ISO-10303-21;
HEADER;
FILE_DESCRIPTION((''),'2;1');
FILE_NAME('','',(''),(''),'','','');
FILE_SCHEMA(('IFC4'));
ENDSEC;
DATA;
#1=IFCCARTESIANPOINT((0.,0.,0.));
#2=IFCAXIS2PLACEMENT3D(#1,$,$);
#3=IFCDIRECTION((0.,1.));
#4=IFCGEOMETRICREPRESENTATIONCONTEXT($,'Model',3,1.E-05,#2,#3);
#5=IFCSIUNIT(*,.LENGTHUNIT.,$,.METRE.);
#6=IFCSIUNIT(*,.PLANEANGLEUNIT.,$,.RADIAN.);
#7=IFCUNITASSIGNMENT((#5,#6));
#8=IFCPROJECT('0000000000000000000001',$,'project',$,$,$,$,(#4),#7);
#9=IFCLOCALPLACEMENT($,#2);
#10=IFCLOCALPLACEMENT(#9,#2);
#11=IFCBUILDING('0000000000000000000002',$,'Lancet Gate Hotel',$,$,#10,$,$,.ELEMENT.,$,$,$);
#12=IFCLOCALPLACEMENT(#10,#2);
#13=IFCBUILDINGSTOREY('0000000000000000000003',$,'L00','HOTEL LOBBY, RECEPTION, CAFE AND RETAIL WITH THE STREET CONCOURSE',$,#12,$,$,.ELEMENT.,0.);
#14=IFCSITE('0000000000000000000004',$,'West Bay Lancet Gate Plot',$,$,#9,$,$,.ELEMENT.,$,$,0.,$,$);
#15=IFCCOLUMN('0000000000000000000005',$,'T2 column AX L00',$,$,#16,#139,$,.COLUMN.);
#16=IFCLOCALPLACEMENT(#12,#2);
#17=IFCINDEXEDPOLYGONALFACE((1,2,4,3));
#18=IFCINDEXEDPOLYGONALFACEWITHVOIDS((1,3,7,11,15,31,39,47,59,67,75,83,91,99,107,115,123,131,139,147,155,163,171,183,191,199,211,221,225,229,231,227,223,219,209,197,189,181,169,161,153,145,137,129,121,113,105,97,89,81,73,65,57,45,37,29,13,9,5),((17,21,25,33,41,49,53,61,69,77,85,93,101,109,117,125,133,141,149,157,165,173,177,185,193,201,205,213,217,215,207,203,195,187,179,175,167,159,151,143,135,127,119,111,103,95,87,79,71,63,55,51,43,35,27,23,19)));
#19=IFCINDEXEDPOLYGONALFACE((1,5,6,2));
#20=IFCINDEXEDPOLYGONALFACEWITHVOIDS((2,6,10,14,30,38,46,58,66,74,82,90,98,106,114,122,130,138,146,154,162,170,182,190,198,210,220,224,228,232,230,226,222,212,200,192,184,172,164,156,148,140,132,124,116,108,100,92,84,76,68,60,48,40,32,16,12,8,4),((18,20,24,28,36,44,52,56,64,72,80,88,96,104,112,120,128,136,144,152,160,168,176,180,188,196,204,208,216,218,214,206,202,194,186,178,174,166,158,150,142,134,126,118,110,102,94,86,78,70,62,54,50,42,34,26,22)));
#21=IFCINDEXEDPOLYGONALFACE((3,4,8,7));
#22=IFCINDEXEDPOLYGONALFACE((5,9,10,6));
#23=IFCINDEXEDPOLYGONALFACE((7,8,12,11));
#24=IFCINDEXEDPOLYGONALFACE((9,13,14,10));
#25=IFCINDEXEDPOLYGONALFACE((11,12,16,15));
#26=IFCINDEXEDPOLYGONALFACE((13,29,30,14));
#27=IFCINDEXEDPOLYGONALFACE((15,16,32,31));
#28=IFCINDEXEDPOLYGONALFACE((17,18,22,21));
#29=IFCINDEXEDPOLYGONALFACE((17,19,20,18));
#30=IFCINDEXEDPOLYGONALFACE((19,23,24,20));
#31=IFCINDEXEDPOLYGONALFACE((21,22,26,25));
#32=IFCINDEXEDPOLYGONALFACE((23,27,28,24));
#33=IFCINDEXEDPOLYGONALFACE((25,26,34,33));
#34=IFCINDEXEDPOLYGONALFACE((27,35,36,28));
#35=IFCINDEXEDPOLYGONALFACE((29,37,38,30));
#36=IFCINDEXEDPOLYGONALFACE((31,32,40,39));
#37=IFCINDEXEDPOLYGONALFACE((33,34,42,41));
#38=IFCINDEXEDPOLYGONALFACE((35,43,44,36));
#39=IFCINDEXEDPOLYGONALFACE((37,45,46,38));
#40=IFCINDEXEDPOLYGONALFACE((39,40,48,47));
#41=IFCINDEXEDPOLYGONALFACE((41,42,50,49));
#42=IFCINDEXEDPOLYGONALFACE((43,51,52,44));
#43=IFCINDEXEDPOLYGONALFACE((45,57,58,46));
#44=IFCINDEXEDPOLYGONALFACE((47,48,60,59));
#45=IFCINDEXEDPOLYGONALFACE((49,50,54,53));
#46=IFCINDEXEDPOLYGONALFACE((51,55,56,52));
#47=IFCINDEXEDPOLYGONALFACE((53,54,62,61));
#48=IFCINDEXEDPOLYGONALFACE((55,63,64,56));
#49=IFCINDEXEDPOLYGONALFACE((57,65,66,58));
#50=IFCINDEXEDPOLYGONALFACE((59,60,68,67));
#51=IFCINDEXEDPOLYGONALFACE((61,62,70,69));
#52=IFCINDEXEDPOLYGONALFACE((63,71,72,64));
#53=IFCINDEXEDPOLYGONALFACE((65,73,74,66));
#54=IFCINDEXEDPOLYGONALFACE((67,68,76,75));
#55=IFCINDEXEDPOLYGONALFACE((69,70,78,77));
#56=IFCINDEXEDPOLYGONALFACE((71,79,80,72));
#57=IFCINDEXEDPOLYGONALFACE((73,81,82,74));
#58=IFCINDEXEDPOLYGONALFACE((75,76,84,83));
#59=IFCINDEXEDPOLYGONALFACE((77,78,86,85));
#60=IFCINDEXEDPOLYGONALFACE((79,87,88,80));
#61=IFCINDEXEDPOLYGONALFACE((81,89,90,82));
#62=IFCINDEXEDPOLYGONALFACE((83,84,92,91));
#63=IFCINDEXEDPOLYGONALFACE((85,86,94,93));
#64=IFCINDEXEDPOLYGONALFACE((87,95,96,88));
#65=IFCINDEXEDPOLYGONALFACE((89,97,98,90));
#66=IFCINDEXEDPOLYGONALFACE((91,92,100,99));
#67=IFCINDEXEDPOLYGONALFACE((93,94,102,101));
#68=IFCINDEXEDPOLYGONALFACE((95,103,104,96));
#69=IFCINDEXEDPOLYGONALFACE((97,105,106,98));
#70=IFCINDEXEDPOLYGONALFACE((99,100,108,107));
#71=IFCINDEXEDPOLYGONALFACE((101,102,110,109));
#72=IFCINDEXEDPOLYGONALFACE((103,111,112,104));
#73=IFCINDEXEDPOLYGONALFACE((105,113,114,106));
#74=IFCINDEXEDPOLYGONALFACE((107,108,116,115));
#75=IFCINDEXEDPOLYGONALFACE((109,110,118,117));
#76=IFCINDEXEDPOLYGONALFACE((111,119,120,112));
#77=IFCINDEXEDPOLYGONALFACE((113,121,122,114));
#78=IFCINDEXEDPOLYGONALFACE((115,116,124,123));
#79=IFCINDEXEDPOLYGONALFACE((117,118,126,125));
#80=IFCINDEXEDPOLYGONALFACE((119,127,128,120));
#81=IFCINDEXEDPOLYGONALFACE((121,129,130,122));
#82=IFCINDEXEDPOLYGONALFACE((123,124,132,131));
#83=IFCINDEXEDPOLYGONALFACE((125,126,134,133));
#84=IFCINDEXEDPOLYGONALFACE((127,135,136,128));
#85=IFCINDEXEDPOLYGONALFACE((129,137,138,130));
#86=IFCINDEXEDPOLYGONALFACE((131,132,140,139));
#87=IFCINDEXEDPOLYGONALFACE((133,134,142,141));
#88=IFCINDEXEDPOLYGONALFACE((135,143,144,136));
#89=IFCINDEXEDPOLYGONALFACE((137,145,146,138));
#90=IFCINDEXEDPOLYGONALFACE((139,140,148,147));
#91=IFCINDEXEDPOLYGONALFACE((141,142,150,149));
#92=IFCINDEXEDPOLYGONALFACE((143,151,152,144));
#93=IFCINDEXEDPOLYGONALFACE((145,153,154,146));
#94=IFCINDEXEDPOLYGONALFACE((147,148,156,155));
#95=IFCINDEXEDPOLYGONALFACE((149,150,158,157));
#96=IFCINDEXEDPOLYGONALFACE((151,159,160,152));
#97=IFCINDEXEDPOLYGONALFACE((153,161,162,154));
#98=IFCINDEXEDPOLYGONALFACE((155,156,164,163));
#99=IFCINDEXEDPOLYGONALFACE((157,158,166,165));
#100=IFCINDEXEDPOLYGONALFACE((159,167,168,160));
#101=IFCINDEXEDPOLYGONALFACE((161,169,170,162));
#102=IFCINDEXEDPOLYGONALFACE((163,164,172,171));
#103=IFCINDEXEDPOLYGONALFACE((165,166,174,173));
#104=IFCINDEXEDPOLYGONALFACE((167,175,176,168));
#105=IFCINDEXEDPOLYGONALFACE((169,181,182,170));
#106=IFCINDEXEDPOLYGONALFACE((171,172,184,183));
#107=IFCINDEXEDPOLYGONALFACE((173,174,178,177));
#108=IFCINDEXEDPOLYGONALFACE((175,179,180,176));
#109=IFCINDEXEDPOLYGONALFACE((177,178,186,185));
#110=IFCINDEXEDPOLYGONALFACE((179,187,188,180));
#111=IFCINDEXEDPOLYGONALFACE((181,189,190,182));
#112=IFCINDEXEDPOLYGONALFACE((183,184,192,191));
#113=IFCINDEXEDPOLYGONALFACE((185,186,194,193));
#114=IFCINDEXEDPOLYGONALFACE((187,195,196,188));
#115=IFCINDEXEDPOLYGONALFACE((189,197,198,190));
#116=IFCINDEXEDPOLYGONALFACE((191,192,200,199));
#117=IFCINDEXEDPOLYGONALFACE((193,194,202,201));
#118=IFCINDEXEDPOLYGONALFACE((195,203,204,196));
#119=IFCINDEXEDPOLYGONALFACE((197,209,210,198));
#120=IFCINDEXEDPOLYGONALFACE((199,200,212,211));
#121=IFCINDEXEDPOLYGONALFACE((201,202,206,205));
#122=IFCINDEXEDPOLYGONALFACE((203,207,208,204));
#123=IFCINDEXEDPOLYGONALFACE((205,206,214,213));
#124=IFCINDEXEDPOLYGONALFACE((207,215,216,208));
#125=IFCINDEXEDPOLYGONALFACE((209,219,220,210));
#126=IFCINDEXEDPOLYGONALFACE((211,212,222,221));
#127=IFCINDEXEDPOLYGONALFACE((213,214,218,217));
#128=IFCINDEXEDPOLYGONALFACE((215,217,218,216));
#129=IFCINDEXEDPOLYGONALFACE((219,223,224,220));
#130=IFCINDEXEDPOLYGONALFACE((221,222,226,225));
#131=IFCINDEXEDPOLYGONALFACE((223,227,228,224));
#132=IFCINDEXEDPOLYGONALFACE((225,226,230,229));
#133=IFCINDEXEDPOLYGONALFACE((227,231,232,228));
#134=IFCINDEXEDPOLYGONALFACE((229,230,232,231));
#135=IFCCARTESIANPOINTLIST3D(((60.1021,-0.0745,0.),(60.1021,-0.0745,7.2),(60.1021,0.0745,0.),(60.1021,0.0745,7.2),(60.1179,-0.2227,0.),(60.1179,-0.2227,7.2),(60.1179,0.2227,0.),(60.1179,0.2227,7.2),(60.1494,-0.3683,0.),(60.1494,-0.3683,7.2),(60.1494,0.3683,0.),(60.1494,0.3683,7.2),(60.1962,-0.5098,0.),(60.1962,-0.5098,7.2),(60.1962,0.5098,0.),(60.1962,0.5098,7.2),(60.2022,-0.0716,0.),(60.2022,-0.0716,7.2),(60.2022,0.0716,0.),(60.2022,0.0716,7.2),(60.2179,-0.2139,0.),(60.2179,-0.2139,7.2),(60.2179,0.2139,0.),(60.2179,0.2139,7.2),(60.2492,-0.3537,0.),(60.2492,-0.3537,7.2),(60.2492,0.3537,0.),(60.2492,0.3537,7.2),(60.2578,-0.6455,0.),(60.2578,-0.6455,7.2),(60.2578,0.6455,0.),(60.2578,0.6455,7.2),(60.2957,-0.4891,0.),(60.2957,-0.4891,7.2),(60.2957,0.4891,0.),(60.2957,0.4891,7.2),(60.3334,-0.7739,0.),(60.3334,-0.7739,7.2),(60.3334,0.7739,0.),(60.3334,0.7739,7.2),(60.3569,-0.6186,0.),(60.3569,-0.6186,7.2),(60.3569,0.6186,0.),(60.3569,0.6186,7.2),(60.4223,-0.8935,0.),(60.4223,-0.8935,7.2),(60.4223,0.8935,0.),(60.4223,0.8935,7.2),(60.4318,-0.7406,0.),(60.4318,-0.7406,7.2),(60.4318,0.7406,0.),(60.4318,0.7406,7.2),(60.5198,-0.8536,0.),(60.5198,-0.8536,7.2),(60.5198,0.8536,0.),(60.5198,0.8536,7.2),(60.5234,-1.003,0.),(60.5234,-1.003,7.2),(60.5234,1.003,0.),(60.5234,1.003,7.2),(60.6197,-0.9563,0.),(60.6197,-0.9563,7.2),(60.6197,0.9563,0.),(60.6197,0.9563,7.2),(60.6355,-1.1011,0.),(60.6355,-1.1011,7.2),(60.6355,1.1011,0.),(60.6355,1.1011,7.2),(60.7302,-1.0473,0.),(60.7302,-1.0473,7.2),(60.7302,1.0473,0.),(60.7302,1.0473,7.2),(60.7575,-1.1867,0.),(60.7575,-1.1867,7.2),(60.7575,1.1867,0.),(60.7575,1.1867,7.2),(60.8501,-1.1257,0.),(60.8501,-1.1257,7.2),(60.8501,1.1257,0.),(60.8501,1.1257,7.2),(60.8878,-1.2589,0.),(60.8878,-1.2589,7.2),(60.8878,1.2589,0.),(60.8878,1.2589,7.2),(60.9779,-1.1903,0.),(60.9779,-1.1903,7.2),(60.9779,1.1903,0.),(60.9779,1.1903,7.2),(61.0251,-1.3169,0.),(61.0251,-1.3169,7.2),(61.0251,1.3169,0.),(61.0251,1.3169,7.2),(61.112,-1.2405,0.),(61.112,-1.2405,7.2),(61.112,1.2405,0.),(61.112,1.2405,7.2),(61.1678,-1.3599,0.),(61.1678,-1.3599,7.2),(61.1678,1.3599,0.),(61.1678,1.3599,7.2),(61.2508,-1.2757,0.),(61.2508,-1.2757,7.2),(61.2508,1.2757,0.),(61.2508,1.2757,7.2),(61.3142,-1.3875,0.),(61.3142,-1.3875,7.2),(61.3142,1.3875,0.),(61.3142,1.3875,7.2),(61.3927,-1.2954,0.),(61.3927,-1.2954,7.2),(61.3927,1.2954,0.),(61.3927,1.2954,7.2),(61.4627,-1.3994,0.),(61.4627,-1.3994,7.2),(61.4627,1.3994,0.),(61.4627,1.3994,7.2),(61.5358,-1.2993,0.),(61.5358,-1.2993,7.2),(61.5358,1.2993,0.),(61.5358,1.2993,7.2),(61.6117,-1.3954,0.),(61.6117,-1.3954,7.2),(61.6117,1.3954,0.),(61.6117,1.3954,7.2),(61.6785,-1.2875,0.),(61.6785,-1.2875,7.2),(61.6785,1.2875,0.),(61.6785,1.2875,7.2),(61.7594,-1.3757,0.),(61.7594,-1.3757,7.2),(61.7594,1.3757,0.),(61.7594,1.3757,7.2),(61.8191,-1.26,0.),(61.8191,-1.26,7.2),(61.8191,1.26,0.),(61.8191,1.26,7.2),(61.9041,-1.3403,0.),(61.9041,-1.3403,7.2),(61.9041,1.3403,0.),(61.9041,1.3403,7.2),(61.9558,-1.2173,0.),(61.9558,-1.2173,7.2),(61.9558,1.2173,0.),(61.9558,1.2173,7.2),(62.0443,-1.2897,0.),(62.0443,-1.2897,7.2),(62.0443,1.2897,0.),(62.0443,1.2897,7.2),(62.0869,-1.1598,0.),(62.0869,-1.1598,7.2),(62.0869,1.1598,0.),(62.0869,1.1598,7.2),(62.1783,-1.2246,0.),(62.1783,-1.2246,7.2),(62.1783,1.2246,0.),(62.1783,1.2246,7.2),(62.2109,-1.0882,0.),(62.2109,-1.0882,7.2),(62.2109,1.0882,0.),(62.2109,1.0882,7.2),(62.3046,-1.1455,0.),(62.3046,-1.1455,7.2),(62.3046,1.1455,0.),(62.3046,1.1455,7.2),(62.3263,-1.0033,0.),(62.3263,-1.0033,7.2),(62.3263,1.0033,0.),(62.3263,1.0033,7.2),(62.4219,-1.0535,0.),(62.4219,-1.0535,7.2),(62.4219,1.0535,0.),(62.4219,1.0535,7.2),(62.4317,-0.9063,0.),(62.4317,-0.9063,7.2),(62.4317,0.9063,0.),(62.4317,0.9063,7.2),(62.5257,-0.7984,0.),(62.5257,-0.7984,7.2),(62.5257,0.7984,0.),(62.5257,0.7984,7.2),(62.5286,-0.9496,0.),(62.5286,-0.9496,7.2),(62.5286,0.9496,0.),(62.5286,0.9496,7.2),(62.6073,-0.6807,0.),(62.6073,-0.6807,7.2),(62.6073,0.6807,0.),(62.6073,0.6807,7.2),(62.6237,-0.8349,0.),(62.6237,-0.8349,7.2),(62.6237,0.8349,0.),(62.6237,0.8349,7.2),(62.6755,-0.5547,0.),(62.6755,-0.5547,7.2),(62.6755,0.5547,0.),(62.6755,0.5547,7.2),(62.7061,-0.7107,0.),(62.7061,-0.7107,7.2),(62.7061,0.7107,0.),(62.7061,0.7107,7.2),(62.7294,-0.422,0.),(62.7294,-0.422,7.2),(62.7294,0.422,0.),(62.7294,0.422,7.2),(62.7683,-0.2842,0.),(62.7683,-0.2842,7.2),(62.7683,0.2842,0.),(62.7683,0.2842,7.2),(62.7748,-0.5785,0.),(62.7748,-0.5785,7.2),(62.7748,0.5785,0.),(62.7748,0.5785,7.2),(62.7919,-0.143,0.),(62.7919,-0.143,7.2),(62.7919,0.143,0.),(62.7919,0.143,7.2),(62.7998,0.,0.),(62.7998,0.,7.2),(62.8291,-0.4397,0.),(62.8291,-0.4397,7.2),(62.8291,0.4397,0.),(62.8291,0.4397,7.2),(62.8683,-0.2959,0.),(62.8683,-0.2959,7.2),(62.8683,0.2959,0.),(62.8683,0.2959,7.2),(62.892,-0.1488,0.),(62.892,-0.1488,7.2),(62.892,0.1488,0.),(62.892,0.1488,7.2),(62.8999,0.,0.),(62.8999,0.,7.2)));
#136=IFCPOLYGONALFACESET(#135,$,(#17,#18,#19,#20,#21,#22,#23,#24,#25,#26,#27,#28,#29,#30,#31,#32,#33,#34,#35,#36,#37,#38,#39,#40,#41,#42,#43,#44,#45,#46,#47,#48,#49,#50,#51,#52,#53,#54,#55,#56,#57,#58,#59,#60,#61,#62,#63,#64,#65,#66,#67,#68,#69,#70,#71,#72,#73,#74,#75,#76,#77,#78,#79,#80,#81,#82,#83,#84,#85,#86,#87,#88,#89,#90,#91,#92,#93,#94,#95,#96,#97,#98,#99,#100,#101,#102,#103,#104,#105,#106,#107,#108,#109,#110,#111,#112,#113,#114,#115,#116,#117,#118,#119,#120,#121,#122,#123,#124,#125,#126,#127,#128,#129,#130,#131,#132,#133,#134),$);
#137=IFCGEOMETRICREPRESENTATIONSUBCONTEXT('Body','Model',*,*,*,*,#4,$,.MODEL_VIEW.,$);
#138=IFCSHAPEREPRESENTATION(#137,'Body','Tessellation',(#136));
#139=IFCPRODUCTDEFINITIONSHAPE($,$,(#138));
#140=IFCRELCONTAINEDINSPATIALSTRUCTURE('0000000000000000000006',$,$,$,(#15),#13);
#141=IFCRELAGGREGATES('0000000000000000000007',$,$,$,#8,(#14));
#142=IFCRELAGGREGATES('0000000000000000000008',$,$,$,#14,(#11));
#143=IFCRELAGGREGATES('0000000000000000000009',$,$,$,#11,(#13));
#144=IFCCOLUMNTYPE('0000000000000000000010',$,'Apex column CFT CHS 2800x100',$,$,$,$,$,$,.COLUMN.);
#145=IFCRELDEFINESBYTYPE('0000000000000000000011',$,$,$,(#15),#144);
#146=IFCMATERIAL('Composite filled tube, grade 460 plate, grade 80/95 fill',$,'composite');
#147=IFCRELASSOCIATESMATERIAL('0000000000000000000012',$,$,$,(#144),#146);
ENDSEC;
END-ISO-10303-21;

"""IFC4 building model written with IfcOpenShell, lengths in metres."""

from ifc_helpers import new_model, si_unit, direction, frame, origin, origin_2d, place, context, subcontext, project, spatial, hollow_circle, extrude, material, material_profile, profile_set, type_object, element, save


model = new_model("IFC4")

# Units and contexts
model_context = context("Model", 3, precision=1e-05, world=origin(), true_north=direction((0.0, 1.0)))
body_context = subcontext(model_context, "Body", "Model", "MODEL_VIEW")
ifc_project = project(units=[si_unit("LENGTHUNIT", "METRE"), si_unit("PLANEANGLEUNIT", "RADIAN")], contexts=[model_context])

# Site, building, storey
site_placement = place(None, origin())
site = spatial("IfcSite", under=ifc_project, at=site_placement, Name="West Bay Lancet Gate Plot", CompositionType="ELEMENT", RefElevation=0.0)
building_placement = place(site_placement, origin())
building = spatial("IfcBuilding", under=site, at=building_placement, Name="Lancet Gate Hotel", CompositionType="ELEMENT")
storey_placement = place(building_placement, origin())
storey = spatial("IfcBuildingStorey", under=building, at=storey_placement, Name="L00", Description="HOTEL LOBBY, RECEPTION, CAFE AND RETAIL WITH THE STREET CONCOURSE", CompositionType="ELEMENT", Elevation=0.0)

# Column
ifc_material_1 = material(Name="Composite filled tube, grade 460 plate, grade 80/95 fill", Category="composite")
ifc_material_profile_1 = material_profile(ifc_material_1, hollow_circle(Radius=1.3999, WallThickness=0.1001, at=origin_2d()), Name="CHS 2800x100")
ifc_profile_set_1 = profile_set([ifc_material_profile_1], Name="Composite filled tube, grade 460 plate, grade 80/95 fill")
column_type_1 = type_object("IfcColumnType", Name="Apex column CFT CHS 2800x100", PredefinedType="COLUMN", material=ifc_profile_set_1)
column_1_placement = place(storey_placement, frame((61.5, 0.0, 0.0), z_axis=(0.0, 0.0, 1.0), x_axis=(1.0, 0.0, 0.0)))
element("IfcColumn", 1, at=column_1_placement, inside=storey, type_object=column_type_1, Name="T2 column AX L00", PredefinedType="COLUMN", context=body_context, shape_type="SweptSolid", body=[
    extrude(hollow_circle(Radius=1.3999, WallThickness=0.1001, at=origin_2d()), origin(), (0.0, 0.0, 1.0), 7.2),
])

save(model, "model.ifc")
